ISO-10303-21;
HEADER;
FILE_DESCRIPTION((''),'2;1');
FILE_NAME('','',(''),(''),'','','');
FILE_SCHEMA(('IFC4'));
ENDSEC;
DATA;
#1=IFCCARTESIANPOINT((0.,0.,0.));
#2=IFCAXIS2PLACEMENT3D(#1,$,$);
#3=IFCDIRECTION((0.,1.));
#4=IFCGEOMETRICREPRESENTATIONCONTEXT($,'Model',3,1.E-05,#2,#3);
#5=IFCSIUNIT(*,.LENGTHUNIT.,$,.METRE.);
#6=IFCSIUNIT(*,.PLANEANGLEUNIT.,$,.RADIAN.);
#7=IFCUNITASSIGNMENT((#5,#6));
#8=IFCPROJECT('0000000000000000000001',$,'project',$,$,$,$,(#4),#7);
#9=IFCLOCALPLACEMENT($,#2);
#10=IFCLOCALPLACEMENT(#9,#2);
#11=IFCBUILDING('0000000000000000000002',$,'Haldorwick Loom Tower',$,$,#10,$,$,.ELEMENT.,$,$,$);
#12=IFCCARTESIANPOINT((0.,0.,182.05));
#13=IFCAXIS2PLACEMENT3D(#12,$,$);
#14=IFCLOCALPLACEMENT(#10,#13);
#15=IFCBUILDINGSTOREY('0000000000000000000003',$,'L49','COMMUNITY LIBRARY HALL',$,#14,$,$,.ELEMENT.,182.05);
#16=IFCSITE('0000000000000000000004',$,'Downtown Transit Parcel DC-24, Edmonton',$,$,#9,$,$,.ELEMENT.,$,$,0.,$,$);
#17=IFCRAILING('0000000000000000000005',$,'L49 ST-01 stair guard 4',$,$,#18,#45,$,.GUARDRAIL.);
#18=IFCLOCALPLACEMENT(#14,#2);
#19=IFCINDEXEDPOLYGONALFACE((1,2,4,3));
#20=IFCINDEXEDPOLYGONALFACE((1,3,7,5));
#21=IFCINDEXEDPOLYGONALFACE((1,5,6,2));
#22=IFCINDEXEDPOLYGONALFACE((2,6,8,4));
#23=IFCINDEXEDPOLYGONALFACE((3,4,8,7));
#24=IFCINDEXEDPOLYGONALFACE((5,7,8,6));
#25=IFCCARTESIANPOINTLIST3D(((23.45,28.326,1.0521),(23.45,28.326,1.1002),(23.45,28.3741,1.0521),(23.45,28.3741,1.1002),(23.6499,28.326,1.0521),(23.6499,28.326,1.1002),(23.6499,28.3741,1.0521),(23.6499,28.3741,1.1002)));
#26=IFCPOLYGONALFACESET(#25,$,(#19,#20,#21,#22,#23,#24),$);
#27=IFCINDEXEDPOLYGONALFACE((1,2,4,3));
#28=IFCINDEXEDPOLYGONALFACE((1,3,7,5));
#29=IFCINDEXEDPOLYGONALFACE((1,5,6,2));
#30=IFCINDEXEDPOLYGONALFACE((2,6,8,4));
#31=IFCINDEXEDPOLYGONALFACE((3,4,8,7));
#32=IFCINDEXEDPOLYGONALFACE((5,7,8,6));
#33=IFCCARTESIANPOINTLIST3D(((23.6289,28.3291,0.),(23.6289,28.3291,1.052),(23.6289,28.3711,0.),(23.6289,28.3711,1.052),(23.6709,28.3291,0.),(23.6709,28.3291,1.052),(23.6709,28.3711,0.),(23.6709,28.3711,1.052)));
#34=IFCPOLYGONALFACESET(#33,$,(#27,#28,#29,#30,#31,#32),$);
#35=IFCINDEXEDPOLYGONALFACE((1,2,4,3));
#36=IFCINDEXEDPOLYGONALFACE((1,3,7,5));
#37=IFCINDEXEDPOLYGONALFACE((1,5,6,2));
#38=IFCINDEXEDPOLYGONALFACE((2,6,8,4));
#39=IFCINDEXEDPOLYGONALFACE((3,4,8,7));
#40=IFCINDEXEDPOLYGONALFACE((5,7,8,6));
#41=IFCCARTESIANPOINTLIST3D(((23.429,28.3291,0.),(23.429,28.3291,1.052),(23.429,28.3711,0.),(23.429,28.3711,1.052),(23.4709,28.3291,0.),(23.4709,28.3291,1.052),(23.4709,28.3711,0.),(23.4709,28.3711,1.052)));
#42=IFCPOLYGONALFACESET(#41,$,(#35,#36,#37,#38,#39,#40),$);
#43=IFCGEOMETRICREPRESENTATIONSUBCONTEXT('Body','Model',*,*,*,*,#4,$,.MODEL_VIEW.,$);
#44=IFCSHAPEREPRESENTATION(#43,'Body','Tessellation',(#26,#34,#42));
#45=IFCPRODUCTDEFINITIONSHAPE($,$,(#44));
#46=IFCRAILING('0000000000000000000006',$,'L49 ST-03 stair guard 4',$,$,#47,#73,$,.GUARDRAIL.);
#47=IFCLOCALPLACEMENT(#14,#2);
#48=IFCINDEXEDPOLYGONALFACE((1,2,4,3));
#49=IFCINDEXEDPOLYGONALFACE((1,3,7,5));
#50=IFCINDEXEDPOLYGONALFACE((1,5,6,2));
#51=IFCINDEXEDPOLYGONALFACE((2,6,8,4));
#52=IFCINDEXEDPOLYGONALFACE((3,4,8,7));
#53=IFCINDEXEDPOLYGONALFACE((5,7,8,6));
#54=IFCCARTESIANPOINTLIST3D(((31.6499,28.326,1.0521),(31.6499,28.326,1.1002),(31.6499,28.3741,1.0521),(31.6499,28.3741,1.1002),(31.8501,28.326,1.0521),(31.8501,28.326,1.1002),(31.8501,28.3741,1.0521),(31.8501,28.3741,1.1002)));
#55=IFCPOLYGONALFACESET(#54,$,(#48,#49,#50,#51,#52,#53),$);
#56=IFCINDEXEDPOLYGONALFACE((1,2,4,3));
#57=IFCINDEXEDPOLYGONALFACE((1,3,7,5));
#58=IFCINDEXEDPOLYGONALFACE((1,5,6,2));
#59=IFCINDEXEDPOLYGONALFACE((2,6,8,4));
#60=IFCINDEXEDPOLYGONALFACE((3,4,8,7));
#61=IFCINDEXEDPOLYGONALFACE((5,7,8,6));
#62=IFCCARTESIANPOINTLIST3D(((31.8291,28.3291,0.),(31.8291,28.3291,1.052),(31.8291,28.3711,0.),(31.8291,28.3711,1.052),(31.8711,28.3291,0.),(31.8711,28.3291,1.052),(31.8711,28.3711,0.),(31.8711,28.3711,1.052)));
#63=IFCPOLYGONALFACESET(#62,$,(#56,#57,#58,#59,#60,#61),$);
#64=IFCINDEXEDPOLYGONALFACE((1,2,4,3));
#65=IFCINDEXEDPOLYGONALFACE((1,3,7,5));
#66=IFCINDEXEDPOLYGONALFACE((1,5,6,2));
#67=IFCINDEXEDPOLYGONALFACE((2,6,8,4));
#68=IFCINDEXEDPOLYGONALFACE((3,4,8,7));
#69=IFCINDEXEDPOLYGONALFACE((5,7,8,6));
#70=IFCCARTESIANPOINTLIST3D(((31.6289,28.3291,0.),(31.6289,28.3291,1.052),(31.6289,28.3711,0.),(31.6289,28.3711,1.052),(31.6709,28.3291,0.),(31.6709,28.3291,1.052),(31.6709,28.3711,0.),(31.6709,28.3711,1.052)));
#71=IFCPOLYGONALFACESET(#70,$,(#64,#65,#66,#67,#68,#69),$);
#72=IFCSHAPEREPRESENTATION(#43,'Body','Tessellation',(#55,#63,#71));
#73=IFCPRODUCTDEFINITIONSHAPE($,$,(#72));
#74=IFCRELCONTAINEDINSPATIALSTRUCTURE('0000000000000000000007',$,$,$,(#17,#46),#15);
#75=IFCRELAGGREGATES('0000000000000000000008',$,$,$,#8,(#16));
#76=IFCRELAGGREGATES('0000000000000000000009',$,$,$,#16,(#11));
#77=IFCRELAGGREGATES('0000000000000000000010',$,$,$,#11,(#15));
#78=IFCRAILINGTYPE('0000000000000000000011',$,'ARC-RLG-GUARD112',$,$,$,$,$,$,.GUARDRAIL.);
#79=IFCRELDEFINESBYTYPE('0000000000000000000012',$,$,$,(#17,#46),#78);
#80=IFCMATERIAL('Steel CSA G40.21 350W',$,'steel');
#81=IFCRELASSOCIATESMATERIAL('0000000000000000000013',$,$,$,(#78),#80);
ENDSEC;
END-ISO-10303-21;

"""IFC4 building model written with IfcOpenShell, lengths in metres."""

from ifc_helpers import new_model, si_unit, direction, frame, origin, origin_2d, place, context, subcontext, project, spatial, rectangle, extrude, material, type_object, element, save


model = new_model("IFC4")

# Units and contexts
model_context = context("Model", 3, precision=1e-05, world=origin(), true_north=direction((0.0, 1.0)))
body_context = subcontext(model_context, "Body", "Model", "MODEL_VIEW")
ifc_project = project(units=[si_unit("LENGTHUNIT", "METRE"), si_unit("PLANEANGLEUNIT", "RADIAN")], contexts=[model_context])

# Site, building, storey
site_placement = place(None, origin())
site = spatial("IfcSite", under=ifc_project, at=site_placement, Name="Downtown Transit Parcel DC-24, Edmonton", CompositionType="ELEMENT", RefElevation=0.0)
building_placement = place(site_placement, origin())
building = spatial("IfcBuilding", under=site, at=building_placement, Name="Haldorwick Loom Tower", CompositionType="ELEMENT")
storey_placement = place(building_placement, frame((0.0, 0.0, 182.05)))
storey = spatial("IfcBuildingStorey", under=building, at=storey_placement, Name="L49", Description="COMMUNITY LIBRARY HALL", CompositionType="ELEMENT", Elevation=182.05)

# Shared definitions
ifc_material_1 = material(Name="Steel CSA G40.21 350W", Category="steel")

# Railings
railing_type = type_object("IfcRailingType", Name="ARC-RLG-GUARD112", PredefinedType="GUARDRAIL", material=ifc_material_1)
railing_1_placement = place(storey_placement, frame((23.6499, 28.3501, 0.0)))
element("IfcRailing", 1, at=railing_1_placement, inside=storey, type_object=railing_type, Name="L49 ST-01 stair guard 4", PredefinedType="GUARDRAIL", context=body_context, shape_type="SweptSolid", body=[
    extrude(rectangle(XDim=0.0481, YDim=0.0481, at=origin_2d()), frame((0.0, 0.0, 1.0762), z_axis=(-1.0, 0.0, 0.0), x_axis=(0.0, -1.0, 0.0)), (0.0, 0.0, 1.0), 0.2),
    extrude(rectangle(XDim=0.042, YDim=0.042, at=origin_2d()), origin(), (0.0, 0.0, 1.0), 1.052),
    extrude(rectangle(XDim=0.042, YDim=0.042, at=origin_2d()), frame((-0.2, 0.0, 0.0)), (0.0, 0.0, 1.0), 1.052),
])
railing_2_placement = place(storey_placement, frame((31.8501, 28.3501, 0.0)))
element("IfcRailing", 2, at=railing_2_placement, inside=storey, type_object=railing_type, Name="L49 ST-03 stair guard 4", PredefinedType="GUARDRAIL", context=body_context, shape_type="SweptSolid", body=[
    extrude(rectangle(XDim=0.0481, YDim=0.0481, at=origin_2d()), frame((0.0, 0.0, 1.0762), z_axis=(-1.0, 0.0, 0.0), x_axis=(0.0, -1.0, 0.0)), (0.0, 0.0, 1.0), 0.2002),
    extrude(rectangle(XDim=0.042, YDim=0.042, at=origin_2d()), origin(), (0.0, 0.0, 1.0), 1.052),
    extrude(rectangle(XDim=0.042, YDim=0.042, at=origin_2d()), frame((-0.2002, 0.0, 0.0)), (0.0, 0.0, 1.0), 1.052),
])

save(model, "model.ifc")
